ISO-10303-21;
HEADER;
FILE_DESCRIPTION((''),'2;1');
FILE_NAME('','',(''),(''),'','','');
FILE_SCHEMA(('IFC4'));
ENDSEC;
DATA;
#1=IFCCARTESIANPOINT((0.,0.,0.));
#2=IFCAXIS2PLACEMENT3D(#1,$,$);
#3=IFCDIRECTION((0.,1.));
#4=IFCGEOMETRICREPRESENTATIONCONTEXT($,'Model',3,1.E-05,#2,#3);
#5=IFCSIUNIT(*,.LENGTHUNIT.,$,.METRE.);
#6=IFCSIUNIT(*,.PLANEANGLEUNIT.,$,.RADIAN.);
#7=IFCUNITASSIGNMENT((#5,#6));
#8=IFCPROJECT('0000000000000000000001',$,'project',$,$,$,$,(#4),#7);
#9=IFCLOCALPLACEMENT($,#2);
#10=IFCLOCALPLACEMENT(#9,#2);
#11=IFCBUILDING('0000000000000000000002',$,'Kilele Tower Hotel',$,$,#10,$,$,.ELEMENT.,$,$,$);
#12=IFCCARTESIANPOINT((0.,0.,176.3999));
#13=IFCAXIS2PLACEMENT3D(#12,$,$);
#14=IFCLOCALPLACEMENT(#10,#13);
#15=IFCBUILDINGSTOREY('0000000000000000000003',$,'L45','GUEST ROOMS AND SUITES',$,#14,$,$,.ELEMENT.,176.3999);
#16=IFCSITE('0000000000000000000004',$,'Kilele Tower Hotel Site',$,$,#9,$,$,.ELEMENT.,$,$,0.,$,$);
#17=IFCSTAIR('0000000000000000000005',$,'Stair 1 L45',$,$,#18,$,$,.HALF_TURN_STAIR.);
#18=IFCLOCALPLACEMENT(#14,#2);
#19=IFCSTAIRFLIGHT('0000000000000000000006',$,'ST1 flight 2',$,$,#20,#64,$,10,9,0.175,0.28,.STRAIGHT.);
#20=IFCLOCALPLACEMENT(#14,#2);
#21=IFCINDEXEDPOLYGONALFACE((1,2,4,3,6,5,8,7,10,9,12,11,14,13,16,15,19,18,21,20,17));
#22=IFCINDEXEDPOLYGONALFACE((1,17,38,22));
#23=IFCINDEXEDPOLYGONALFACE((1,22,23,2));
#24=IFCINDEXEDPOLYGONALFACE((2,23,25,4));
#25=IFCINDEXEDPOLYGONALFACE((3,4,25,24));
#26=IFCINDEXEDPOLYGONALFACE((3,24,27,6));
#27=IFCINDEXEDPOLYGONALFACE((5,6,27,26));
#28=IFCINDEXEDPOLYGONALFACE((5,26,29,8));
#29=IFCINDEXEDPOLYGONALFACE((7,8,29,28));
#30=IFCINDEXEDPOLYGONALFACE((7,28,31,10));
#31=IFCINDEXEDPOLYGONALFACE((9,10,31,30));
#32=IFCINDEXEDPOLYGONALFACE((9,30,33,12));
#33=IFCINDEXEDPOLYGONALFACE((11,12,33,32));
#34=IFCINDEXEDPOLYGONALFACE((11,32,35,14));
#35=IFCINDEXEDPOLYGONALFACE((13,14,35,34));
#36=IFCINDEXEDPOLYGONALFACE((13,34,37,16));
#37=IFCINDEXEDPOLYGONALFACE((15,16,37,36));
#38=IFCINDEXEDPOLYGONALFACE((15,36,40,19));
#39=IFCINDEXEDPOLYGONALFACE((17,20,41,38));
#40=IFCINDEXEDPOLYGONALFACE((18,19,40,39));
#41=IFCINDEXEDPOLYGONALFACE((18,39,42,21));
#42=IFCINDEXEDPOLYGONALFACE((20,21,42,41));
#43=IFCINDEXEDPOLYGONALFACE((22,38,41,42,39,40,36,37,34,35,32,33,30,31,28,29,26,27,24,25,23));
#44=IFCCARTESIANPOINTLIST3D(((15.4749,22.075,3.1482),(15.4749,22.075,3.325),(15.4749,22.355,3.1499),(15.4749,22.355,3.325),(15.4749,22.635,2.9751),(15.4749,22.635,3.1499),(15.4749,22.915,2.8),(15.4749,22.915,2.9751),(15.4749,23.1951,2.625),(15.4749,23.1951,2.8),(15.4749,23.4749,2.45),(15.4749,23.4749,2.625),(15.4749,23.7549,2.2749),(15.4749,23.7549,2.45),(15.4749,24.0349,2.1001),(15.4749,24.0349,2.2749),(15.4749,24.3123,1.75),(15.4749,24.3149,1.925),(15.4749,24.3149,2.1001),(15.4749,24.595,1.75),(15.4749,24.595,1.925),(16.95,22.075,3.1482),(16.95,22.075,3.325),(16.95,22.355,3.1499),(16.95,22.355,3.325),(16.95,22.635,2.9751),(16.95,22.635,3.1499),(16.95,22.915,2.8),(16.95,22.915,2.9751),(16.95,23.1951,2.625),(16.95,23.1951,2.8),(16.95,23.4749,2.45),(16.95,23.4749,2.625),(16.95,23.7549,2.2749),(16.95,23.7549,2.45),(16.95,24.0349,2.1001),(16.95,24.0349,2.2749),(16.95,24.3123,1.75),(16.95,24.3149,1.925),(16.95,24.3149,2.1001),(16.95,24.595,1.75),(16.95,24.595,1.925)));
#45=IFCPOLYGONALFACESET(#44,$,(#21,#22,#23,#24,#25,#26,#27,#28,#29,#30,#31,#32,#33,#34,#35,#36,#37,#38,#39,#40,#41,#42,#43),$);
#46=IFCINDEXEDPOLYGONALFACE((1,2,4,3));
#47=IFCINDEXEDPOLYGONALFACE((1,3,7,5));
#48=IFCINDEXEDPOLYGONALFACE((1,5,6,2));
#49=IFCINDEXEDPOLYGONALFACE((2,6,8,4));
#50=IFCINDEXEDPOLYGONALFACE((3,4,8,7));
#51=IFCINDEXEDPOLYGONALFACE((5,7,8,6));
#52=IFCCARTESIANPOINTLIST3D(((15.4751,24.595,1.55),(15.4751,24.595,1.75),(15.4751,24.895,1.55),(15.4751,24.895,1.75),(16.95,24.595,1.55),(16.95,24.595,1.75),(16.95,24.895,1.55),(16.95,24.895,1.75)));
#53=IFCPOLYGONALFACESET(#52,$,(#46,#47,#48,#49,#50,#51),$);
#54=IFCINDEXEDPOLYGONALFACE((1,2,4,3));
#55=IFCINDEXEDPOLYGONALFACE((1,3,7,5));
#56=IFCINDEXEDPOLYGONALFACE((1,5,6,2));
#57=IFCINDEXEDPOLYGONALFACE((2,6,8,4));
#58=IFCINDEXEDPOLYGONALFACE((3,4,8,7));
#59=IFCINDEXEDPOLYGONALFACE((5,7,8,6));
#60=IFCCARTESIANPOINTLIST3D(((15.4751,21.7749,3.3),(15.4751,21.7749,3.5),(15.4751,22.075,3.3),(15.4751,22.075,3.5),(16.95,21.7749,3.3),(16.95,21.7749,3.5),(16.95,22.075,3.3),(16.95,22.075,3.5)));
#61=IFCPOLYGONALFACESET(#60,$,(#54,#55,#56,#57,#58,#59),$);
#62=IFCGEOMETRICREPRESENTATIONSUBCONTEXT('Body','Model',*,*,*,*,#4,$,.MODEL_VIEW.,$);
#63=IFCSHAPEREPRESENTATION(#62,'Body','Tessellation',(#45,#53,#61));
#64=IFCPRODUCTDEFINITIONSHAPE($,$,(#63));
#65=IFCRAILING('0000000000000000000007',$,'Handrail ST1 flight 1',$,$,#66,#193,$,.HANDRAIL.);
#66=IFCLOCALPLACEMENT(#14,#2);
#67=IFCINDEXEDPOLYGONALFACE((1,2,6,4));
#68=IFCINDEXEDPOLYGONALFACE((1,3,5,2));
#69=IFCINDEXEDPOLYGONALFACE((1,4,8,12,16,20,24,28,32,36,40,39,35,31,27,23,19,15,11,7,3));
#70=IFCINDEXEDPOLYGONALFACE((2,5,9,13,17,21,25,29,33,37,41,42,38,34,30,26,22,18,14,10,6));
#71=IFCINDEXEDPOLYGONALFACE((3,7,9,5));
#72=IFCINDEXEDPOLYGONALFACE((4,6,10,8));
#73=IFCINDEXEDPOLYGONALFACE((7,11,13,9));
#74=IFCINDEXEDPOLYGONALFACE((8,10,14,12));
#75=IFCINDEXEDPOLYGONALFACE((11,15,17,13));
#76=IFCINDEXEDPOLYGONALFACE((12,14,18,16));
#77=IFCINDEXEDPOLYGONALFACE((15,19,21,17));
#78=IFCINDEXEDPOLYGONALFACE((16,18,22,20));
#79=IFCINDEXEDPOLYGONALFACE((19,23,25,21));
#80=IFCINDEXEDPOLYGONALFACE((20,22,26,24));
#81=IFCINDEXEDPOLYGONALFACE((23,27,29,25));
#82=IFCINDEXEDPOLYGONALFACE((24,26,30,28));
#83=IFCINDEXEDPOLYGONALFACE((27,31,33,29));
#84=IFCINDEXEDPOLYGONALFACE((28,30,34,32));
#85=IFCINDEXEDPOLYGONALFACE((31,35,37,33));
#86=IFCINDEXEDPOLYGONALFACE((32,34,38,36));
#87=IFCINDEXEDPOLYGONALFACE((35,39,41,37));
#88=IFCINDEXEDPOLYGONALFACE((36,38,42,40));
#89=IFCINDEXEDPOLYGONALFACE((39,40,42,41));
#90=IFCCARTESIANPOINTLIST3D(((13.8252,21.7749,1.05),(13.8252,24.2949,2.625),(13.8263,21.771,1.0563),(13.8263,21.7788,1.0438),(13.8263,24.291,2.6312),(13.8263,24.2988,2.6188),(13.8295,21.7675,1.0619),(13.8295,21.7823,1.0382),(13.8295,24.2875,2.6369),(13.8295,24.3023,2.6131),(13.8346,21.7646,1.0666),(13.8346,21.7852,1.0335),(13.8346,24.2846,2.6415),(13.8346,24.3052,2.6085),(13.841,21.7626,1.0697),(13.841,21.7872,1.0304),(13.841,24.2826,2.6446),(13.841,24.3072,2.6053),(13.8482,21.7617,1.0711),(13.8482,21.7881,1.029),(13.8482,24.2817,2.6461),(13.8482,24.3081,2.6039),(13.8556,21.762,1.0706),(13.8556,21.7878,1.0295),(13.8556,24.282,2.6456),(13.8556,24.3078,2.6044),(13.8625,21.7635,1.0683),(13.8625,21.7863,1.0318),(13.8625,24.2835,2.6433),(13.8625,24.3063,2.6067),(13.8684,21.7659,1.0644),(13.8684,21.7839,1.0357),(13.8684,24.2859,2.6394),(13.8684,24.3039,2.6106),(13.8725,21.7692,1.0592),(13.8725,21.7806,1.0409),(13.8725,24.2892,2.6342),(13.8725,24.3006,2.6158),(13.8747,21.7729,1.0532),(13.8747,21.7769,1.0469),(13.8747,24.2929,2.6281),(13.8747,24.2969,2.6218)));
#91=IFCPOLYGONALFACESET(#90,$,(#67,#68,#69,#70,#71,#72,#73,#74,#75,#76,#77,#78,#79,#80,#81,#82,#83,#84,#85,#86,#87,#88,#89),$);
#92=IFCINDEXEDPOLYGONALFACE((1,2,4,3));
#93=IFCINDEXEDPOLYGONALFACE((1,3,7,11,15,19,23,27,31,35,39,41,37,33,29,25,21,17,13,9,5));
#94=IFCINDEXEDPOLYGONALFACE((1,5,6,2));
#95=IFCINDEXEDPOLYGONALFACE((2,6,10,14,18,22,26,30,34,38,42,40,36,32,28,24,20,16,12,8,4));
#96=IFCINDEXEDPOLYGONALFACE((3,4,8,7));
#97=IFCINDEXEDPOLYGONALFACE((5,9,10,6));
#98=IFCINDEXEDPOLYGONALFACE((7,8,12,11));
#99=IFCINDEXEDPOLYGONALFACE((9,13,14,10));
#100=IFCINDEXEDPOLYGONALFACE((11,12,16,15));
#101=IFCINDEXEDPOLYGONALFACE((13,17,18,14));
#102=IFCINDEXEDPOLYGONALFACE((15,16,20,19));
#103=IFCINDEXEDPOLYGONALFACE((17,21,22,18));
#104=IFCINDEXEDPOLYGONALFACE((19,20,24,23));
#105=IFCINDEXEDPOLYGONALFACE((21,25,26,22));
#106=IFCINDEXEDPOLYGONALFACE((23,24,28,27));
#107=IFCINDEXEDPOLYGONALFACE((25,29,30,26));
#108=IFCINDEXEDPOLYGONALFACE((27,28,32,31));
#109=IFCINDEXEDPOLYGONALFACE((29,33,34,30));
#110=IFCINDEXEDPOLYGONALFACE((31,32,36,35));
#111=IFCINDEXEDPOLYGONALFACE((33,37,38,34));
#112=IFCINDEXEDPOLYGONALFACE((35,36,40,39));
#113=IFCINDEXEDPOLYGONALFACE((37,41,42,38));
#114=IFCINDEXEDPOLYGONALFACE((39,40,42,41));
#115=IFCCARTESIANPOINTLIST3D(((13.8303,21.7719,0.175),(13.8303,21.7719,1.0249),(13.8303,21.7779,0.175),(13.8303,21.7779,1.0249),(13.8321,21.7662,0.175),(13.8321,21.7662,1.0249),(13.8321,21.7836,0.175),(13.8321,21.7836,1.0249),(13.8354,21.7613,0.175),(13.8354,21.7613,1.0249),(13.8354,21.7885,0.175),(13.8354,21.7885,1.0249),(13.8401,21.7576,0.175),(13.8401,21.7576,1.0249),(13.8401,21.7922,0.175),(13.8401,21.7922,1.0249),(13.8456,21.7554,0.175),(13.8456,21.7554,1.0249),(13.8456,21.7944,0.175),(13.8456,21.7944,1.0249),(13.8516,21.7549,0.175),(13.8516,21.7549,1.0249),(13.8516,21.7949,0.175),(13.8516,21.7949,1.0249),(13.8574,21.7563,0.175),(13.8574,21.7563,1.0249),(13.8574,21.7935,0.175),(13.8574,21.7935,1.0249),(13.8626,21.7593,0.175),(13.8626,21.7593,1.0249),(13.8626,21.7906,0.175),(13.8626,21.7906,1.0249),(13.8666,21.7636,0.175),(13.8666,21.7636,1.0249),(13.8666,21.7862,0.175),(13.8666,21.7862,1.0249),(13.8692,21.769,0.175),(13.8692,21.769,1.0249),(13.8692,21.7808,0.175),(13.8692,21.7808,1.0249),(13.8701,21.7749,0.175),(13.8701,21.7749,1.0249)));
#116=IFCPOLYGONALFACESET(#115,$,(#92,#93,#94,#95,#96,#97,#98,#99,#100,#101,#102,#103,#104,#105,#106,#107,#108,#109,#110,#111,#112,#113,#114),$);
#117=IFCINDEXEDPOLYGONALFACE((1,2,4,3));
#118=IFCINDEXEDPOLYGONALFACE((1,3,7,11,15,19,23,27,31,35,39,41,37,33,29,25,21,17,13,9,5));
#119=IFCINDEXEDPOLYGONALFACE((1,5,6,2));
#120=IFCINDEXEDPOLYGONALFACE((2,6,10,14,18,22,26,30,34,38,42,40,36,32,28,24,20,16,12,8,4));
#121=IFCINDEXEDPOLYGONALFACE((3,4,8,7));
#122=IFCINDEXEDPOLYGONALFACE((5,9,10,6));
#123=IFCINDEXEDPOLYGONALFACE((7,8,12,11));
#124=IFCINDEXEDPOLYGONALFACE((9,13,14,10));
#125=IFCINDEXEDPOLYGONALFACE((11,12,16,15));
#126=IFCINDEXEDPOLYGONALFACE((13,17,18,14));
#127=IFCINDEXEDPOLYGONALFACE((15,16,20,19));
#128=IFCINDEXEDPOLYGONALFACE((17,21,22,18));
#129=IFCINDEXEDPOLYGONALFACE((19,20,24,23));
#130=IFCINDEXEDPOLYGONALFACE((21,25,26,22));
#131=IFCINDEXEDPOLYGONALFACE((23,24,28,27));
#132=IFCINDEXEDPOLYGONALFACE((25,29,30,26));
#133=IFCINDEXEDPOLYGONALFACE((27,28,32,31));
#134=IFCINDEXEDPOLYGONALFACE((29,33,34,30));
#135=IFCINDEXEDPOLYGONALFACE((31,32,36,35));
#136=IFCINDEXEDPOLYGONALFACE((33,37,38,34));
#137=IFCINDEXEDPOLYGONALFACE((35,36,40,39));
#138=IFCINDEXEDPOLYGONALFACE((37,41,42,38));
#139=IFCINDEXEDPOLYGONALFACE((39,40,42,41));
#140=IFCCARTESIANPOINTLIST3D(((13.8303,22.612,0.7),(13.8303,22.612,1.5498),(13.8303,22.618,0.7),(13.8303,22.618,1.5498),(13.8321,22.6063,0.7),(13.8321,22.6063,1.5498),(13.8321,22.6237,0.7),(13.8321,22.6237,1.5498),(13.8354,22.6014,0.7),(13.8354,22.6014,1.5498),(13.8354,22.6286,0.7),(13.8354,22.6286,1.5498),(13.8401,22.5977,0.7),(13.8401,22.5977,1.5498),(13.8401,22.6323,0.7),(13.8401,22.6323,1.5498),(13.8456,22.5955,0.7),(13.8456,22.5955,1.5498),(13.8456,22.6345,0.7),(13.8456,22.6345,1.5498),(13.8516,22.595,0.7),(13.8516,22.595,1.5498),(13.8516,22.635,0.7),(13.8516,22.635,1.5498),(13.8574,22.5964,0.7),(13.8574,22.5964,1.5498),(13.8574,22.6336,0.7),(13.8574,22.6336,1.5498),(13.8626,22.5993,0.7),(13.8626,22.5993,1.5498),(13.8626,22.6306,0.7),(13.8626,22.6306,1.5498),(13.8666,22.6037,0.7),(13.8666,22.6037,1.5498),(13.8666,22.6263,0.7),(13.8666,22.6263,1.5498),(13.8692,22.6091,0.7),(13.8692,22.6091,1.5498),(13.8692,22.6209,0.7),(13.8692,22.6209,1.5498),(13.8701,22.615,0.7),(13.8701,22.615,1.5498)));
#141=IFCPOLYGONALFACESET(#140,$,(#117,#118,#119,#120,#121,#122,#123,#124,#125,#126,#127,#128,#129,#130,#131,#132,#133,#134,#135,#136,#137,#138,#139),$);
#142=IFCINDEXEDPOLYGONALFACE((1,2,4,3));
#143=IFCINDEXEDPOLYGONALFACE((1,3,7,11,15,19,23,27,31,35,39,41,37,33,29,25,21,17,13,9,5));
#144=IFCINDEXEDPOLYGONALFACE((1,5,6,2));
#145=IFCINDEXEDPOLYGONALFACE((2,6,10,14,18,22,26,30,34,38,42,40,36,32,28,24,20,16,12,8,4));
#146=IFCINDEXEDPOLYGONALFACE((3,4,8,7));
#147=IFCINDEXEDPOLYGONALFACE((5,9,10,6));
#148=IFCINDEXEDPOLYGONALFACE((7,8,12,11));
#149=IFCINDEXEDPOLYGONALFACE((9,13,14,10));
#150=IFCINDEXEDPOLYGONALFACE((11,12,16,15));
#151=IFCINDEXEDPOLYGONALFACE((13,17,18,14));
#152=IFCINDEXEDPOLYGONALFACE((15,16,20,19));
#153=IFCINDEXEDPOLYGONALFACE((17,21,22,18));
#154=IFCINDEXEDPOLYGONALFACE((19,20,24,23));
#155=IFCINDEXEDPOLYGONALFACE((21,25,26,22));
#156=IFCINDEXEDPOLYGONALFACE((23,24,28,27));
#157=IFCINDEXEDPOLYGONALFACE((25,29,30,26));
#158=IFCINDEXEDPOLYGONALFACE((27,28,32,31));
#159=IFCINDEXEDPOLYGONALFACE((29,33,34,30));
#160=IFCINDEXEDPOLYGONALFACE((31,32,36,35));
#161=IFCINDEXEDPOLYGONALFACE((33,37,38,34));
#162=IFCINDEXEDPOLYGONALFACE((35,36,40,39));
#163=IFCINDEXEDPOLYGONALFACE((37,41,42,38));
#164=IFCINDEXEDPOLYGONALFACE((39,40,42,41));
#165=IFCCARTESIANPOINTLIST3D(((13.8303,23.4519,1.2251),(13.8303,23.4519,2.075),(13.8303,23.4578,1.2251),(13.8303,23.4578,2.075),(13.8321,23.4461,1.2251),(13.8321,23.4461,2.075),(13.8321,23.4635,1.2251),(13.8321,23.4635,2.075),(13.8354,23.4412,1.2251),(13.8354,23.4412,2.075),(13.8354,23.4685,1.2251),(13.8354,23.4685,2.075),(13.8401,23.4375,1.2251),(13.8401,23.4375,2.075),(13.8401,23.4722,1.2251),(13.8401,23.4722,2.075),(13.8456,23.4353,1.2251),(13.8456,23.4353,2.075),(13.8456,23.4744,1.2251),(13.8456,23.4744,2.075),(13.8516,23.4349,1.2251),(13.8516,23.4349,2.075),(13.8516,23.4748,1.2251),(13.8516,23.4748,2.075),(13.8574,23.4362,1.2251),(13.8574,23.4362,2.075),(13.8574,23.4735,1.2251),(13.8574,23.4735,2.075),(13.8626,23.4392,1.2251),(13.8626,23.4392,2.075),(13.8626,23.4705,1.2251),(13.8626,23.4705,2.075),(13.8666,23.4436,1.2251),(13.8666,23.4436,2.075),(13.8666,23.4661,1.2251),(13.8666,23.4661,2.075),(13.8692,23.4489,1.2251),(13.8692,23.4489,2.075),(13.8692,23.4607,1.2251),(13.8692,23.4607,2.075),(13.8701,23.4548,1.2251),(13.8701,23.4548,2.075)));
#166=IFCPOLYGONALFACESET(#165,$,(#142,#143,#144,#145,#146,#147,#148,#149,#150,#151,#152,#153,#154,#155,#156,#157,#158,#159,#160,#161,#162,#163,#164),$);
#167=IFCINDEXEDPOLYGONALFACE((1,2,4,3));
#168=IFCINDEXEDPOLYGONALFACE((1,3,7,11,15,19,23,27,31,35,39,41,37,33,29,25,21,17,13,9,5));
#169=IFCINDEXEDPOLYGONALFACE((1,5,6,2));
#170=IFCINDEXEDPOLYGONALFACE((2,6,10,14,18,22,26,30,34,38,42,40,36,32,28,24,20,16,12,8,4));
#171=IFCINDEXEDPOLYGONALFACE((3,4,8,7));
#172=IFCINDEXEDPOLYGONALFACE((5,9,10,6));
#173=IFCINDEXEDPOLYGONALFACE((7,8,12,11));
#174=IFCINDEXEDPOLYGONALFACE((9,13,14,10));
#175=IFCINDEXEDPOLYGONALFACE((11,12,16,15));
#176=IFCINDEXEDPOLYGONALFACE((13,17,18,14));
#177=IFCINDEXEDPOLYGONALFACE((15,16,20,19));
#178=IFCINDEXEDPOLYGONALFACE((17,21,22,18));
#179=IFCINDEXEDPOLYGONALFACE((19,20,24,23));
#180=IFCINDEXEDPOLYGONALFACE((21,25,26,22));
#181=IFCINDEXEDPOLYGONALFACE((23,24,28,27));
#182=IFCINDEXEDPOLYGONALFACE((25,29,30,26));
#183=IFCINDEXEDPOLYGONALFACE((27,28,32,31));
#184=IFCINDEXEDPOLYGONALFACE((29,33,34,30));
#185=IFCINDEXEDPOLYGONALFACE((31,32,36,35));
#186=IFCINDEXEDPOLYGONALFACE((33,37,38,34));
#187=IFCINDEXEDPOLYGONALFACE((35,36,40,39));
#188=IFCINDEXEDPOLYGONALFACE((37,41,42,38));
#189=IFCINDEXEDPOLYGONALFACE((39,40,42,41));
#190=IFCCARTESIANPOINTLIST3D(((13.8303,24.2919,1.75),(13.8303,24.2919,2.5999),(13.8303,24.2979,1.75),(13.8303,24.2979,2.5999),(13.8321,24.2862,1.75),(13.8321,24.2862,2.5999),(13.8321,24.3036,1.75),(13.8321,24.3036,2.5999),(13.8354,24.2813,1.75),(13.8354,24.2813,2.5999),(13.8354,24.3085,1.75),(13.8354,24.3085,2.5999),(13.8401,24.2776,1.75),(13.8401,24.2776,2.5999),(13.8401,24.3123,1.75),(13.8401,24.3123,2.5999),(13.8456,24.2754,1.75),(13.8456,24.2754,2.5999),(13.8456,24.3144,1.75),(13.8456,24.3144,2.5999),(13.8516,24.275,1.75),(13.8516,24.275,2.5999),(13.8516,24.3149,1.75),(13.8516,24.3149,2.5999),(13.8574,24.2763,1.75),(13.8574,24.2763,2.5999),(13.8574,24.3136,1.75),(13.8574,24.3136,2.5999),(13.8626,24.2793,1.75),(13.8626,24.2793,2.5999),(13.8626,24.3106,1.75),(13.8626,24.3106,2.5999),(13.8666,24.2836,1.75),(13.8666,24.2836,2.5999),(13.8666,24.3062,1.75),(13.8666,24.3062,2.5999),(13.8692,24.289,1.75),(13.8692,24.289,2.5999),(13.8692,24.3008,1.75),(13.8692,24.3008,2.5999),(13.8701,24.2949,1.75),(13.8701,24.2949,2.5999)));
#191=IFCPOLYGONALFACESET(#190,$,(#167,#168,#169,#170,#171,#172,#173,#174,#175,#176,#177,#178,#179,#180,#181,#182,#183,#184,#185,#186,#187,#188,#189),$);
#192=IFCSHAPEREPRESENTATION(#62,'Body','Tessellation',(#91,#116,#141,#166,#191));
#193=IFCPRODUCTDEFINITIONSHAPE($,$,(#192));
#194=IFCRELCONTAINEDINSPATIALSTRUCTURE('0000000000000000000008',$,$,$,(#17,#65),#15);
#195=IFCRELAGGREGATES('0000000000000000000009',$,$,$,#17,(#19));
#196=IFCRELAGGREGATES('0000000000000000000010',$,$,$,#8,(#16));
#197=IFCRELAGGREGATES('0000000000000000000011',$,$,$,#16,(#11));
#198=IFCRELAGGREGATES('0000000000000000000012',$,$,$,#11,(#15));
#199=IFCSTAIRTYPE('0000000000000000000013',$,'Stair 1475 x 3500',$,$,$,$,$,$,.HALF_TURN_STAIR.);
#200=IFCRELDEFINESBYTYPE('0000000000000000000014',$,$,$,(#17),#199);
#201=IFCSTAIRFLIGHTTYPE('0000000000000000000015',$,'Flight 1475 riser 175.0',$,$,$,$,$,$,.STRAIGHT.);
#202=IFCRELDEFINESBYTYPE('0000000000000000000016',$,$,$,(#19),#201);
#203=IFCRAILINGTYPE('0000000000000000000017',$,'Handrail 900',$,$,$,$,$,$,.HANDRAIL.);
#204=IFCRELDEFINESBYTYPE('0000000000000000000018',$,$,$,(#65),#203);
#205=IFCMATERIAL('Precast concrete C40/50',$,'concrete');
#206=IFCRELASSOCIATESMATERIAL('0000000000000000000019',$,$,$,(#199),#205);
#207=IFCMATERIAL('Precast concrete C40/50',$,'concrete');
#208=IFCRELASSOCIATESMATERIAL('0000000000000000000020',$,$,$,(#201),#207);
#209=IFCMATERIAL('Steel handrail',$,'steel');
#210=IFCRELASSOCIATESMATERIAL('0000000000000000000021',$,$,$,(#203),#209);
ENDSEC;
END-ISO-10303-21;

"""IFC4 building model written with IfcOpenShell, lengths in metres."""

from ifc_helpers import new_model, si_unit, direction, frame, origin, origin_2d, place, context, subcontext, project, spatial, polyline, circle, outline, extrude, material, type_object, element, aggregate, save


model = new_model("IFC4")

# Units and contexts
model_context = context("Model", 3, precision=1e-05, world=origin(), true_north=direction((0.0, 1.0)))
body_context = subcontext(model_context, "Body", "Model", "MODEL_VIEW")
ifc_project = project(units=[si_unit("LENGTHUNIT", "METRE"), si_unit("PLANEANGLEUNIT", "RADIAN")], contexts=[model_context])

# Site, building, storey
site_placement = place(None, origin())
site = spatial("IfcSite", under=ifc_project, at=site_placement, Name="Kilele Tower Hotel Site", CompositionType="ELEMENT", RefElevation=0.0)
building_placement = place(site_placement, origin())
building = spatial("IfcBuilding", under=site, at=building_placement, Name="Kilele Tower Hotel", CompositionType="ELEMENT")
storey_placement = place(building_placement, frame((0.0, 0.0, 176.3999)))
storey = spatial("IfcBuildingStorey", under=building, at=storey_placement, Name="L45", Description="GUEST ROOMS AND SUITES", CompositionType="ELEMENT", Elevation=176.3999)

# Stair, stair flight
ifc_material_1 = material(Name="Precast concrete C40/50", Category="concrete")
stair_type = type_object("IfcStairType", Name="Stair 1475 x 3500", PredefinedType="HALF_TURN_STAIR", material=ifc_material_1)
stair_placement = place(storey_placement, origin())
stair = element("IfcStair", 1, at=stair_placement, inside=storey, type_object=stair_type, Name="Stair 1 L45", PredefinedType="HALF_TURN_STAIR")
ifc_material_2 = material(Name="Precast concrete C40/50", Category="concrete")
stair_flight_type = type_object("IfcStairFlightType", Name="Flight 1475 riser 175.0", PredefinedType="STRAIGHT", material=ifc_material_2)
stair_flight_1_placement = place(storey_placement, frame((16.2124, 24.595, 1.75), z_axis=(0.0, 0.0, 1.0), x_axis=(0.0, -1.0, 0.0)))
stair_flight_1 = element("IfcStairFlight", 2, at=stair_flight_1_placement, type_object=stair_flight_type, Name="ST1 flight 2", NumberOfRisers=10, NumberOfTreads=9, PredefinedType="STRAIGHT", RiserHeight=0.175, TreadLength=0.28, context=body_context, shape_type="SweptSolid", body=[
    extrude(outline(polyline([(0.0, 0.0), (0.0, 0.175), (0.28, 0.175), (0.28, 0.3501), (0.5601, 0.3501), (0.5601, 0.5249), (0.8401, 0.5249), (0.8401, 0.7), (1.1201, 0.7), (1.1201, 0.875), (1.3999, 0.875), (1.3999, 1.05), (1.6799, 1.05), (1.6799, 1.2251), (1.96, 1.2251), (1.96, 1.3999), (2.24, 1.3999), (2.24, 1.575), (2.52, 1.575), (2.52, 1.75), (2.52, 1.3982), (0.2827, 0.0), (0.0, 0.0)])), frame((0.0, 0.7375, 0.0), z_axis=(0.0, -1.0, 0.0), x_axis=(1.0, 0.0, 0.0)), (0.0, 0.0, 1.0), 1.4751),
    extrude(outline(polyline([(0.0, -0.7373), (0.0, 0.7375), (-0.3, 0.7375), (-0.3, -0.7373), (0.0, -0.7373)])), frame((0.0, 0.0, -0.2)), (0.0, 0.0, 1.0), 0.2),
    extrude(outline(polyline([(2.8201, -0.7373), (2.8201, 0.7375), (2.52, 0.7375), (2.52, -0.7373), (2.8201, -0.7373)])), frame((0.0, 0.0, 1.55)), (0.0, 0.0, 1.0), 0.2),
])
aggregate(stair, [stair_flight_1])

# Railing
ifc_material_3 = material(Name="Steel handrail", Category="steel")
railing_type_1 = type_object("IfcRailingType", Name="Handrail 900", PredefinedType="HANDRAIL", material=ifc_material_3)
for number, where, name in (
    (3, (13.8501, 21.7749, 0.175), "Handrail ST1 flight 1"),
):
    element("IfcRailing", number, at=place(storey_placement, frame(where)), inside=storey, type_object=railing_type_1, Name=name, PredefinedType="HANDRAIL", context=body_context, shape_type="SweptSolid", body=[
        extrude(circle(Radius=0.0249, at=origin_2d()), frame((0.0, 0.0, 0.875), z_axis=(0.0, 0.848008, 0.529984), x_axis=(-1.0, 0.0, 0.0)), (0.0, 0.0, 1.0), 2.9717),
        extrude(circle(Radius=0.02, at=origin_2d()), origin(), (0.0, 0.0, 1.0), 0.8499),
        extrude(circle(Radius=0.02, at=origin_2d()), frame((0.0, 0.8401, 0.5249)), (0.0, 0.0, 1.0), 0.8499),
        extrude(circle(Radius=0.02, at=origin_2d()), frame((0.0, 1.6799, 1.05)), (0.0, 0.0, 1.0), 0.8499),
        extrude(circle(Radius=0.02, at=origin_2d()), frame((0.0, 2.52, 1.575)), (0.0, 0.0, 1.0), 0.8499),
    ])

save(model, "model.ifc")
